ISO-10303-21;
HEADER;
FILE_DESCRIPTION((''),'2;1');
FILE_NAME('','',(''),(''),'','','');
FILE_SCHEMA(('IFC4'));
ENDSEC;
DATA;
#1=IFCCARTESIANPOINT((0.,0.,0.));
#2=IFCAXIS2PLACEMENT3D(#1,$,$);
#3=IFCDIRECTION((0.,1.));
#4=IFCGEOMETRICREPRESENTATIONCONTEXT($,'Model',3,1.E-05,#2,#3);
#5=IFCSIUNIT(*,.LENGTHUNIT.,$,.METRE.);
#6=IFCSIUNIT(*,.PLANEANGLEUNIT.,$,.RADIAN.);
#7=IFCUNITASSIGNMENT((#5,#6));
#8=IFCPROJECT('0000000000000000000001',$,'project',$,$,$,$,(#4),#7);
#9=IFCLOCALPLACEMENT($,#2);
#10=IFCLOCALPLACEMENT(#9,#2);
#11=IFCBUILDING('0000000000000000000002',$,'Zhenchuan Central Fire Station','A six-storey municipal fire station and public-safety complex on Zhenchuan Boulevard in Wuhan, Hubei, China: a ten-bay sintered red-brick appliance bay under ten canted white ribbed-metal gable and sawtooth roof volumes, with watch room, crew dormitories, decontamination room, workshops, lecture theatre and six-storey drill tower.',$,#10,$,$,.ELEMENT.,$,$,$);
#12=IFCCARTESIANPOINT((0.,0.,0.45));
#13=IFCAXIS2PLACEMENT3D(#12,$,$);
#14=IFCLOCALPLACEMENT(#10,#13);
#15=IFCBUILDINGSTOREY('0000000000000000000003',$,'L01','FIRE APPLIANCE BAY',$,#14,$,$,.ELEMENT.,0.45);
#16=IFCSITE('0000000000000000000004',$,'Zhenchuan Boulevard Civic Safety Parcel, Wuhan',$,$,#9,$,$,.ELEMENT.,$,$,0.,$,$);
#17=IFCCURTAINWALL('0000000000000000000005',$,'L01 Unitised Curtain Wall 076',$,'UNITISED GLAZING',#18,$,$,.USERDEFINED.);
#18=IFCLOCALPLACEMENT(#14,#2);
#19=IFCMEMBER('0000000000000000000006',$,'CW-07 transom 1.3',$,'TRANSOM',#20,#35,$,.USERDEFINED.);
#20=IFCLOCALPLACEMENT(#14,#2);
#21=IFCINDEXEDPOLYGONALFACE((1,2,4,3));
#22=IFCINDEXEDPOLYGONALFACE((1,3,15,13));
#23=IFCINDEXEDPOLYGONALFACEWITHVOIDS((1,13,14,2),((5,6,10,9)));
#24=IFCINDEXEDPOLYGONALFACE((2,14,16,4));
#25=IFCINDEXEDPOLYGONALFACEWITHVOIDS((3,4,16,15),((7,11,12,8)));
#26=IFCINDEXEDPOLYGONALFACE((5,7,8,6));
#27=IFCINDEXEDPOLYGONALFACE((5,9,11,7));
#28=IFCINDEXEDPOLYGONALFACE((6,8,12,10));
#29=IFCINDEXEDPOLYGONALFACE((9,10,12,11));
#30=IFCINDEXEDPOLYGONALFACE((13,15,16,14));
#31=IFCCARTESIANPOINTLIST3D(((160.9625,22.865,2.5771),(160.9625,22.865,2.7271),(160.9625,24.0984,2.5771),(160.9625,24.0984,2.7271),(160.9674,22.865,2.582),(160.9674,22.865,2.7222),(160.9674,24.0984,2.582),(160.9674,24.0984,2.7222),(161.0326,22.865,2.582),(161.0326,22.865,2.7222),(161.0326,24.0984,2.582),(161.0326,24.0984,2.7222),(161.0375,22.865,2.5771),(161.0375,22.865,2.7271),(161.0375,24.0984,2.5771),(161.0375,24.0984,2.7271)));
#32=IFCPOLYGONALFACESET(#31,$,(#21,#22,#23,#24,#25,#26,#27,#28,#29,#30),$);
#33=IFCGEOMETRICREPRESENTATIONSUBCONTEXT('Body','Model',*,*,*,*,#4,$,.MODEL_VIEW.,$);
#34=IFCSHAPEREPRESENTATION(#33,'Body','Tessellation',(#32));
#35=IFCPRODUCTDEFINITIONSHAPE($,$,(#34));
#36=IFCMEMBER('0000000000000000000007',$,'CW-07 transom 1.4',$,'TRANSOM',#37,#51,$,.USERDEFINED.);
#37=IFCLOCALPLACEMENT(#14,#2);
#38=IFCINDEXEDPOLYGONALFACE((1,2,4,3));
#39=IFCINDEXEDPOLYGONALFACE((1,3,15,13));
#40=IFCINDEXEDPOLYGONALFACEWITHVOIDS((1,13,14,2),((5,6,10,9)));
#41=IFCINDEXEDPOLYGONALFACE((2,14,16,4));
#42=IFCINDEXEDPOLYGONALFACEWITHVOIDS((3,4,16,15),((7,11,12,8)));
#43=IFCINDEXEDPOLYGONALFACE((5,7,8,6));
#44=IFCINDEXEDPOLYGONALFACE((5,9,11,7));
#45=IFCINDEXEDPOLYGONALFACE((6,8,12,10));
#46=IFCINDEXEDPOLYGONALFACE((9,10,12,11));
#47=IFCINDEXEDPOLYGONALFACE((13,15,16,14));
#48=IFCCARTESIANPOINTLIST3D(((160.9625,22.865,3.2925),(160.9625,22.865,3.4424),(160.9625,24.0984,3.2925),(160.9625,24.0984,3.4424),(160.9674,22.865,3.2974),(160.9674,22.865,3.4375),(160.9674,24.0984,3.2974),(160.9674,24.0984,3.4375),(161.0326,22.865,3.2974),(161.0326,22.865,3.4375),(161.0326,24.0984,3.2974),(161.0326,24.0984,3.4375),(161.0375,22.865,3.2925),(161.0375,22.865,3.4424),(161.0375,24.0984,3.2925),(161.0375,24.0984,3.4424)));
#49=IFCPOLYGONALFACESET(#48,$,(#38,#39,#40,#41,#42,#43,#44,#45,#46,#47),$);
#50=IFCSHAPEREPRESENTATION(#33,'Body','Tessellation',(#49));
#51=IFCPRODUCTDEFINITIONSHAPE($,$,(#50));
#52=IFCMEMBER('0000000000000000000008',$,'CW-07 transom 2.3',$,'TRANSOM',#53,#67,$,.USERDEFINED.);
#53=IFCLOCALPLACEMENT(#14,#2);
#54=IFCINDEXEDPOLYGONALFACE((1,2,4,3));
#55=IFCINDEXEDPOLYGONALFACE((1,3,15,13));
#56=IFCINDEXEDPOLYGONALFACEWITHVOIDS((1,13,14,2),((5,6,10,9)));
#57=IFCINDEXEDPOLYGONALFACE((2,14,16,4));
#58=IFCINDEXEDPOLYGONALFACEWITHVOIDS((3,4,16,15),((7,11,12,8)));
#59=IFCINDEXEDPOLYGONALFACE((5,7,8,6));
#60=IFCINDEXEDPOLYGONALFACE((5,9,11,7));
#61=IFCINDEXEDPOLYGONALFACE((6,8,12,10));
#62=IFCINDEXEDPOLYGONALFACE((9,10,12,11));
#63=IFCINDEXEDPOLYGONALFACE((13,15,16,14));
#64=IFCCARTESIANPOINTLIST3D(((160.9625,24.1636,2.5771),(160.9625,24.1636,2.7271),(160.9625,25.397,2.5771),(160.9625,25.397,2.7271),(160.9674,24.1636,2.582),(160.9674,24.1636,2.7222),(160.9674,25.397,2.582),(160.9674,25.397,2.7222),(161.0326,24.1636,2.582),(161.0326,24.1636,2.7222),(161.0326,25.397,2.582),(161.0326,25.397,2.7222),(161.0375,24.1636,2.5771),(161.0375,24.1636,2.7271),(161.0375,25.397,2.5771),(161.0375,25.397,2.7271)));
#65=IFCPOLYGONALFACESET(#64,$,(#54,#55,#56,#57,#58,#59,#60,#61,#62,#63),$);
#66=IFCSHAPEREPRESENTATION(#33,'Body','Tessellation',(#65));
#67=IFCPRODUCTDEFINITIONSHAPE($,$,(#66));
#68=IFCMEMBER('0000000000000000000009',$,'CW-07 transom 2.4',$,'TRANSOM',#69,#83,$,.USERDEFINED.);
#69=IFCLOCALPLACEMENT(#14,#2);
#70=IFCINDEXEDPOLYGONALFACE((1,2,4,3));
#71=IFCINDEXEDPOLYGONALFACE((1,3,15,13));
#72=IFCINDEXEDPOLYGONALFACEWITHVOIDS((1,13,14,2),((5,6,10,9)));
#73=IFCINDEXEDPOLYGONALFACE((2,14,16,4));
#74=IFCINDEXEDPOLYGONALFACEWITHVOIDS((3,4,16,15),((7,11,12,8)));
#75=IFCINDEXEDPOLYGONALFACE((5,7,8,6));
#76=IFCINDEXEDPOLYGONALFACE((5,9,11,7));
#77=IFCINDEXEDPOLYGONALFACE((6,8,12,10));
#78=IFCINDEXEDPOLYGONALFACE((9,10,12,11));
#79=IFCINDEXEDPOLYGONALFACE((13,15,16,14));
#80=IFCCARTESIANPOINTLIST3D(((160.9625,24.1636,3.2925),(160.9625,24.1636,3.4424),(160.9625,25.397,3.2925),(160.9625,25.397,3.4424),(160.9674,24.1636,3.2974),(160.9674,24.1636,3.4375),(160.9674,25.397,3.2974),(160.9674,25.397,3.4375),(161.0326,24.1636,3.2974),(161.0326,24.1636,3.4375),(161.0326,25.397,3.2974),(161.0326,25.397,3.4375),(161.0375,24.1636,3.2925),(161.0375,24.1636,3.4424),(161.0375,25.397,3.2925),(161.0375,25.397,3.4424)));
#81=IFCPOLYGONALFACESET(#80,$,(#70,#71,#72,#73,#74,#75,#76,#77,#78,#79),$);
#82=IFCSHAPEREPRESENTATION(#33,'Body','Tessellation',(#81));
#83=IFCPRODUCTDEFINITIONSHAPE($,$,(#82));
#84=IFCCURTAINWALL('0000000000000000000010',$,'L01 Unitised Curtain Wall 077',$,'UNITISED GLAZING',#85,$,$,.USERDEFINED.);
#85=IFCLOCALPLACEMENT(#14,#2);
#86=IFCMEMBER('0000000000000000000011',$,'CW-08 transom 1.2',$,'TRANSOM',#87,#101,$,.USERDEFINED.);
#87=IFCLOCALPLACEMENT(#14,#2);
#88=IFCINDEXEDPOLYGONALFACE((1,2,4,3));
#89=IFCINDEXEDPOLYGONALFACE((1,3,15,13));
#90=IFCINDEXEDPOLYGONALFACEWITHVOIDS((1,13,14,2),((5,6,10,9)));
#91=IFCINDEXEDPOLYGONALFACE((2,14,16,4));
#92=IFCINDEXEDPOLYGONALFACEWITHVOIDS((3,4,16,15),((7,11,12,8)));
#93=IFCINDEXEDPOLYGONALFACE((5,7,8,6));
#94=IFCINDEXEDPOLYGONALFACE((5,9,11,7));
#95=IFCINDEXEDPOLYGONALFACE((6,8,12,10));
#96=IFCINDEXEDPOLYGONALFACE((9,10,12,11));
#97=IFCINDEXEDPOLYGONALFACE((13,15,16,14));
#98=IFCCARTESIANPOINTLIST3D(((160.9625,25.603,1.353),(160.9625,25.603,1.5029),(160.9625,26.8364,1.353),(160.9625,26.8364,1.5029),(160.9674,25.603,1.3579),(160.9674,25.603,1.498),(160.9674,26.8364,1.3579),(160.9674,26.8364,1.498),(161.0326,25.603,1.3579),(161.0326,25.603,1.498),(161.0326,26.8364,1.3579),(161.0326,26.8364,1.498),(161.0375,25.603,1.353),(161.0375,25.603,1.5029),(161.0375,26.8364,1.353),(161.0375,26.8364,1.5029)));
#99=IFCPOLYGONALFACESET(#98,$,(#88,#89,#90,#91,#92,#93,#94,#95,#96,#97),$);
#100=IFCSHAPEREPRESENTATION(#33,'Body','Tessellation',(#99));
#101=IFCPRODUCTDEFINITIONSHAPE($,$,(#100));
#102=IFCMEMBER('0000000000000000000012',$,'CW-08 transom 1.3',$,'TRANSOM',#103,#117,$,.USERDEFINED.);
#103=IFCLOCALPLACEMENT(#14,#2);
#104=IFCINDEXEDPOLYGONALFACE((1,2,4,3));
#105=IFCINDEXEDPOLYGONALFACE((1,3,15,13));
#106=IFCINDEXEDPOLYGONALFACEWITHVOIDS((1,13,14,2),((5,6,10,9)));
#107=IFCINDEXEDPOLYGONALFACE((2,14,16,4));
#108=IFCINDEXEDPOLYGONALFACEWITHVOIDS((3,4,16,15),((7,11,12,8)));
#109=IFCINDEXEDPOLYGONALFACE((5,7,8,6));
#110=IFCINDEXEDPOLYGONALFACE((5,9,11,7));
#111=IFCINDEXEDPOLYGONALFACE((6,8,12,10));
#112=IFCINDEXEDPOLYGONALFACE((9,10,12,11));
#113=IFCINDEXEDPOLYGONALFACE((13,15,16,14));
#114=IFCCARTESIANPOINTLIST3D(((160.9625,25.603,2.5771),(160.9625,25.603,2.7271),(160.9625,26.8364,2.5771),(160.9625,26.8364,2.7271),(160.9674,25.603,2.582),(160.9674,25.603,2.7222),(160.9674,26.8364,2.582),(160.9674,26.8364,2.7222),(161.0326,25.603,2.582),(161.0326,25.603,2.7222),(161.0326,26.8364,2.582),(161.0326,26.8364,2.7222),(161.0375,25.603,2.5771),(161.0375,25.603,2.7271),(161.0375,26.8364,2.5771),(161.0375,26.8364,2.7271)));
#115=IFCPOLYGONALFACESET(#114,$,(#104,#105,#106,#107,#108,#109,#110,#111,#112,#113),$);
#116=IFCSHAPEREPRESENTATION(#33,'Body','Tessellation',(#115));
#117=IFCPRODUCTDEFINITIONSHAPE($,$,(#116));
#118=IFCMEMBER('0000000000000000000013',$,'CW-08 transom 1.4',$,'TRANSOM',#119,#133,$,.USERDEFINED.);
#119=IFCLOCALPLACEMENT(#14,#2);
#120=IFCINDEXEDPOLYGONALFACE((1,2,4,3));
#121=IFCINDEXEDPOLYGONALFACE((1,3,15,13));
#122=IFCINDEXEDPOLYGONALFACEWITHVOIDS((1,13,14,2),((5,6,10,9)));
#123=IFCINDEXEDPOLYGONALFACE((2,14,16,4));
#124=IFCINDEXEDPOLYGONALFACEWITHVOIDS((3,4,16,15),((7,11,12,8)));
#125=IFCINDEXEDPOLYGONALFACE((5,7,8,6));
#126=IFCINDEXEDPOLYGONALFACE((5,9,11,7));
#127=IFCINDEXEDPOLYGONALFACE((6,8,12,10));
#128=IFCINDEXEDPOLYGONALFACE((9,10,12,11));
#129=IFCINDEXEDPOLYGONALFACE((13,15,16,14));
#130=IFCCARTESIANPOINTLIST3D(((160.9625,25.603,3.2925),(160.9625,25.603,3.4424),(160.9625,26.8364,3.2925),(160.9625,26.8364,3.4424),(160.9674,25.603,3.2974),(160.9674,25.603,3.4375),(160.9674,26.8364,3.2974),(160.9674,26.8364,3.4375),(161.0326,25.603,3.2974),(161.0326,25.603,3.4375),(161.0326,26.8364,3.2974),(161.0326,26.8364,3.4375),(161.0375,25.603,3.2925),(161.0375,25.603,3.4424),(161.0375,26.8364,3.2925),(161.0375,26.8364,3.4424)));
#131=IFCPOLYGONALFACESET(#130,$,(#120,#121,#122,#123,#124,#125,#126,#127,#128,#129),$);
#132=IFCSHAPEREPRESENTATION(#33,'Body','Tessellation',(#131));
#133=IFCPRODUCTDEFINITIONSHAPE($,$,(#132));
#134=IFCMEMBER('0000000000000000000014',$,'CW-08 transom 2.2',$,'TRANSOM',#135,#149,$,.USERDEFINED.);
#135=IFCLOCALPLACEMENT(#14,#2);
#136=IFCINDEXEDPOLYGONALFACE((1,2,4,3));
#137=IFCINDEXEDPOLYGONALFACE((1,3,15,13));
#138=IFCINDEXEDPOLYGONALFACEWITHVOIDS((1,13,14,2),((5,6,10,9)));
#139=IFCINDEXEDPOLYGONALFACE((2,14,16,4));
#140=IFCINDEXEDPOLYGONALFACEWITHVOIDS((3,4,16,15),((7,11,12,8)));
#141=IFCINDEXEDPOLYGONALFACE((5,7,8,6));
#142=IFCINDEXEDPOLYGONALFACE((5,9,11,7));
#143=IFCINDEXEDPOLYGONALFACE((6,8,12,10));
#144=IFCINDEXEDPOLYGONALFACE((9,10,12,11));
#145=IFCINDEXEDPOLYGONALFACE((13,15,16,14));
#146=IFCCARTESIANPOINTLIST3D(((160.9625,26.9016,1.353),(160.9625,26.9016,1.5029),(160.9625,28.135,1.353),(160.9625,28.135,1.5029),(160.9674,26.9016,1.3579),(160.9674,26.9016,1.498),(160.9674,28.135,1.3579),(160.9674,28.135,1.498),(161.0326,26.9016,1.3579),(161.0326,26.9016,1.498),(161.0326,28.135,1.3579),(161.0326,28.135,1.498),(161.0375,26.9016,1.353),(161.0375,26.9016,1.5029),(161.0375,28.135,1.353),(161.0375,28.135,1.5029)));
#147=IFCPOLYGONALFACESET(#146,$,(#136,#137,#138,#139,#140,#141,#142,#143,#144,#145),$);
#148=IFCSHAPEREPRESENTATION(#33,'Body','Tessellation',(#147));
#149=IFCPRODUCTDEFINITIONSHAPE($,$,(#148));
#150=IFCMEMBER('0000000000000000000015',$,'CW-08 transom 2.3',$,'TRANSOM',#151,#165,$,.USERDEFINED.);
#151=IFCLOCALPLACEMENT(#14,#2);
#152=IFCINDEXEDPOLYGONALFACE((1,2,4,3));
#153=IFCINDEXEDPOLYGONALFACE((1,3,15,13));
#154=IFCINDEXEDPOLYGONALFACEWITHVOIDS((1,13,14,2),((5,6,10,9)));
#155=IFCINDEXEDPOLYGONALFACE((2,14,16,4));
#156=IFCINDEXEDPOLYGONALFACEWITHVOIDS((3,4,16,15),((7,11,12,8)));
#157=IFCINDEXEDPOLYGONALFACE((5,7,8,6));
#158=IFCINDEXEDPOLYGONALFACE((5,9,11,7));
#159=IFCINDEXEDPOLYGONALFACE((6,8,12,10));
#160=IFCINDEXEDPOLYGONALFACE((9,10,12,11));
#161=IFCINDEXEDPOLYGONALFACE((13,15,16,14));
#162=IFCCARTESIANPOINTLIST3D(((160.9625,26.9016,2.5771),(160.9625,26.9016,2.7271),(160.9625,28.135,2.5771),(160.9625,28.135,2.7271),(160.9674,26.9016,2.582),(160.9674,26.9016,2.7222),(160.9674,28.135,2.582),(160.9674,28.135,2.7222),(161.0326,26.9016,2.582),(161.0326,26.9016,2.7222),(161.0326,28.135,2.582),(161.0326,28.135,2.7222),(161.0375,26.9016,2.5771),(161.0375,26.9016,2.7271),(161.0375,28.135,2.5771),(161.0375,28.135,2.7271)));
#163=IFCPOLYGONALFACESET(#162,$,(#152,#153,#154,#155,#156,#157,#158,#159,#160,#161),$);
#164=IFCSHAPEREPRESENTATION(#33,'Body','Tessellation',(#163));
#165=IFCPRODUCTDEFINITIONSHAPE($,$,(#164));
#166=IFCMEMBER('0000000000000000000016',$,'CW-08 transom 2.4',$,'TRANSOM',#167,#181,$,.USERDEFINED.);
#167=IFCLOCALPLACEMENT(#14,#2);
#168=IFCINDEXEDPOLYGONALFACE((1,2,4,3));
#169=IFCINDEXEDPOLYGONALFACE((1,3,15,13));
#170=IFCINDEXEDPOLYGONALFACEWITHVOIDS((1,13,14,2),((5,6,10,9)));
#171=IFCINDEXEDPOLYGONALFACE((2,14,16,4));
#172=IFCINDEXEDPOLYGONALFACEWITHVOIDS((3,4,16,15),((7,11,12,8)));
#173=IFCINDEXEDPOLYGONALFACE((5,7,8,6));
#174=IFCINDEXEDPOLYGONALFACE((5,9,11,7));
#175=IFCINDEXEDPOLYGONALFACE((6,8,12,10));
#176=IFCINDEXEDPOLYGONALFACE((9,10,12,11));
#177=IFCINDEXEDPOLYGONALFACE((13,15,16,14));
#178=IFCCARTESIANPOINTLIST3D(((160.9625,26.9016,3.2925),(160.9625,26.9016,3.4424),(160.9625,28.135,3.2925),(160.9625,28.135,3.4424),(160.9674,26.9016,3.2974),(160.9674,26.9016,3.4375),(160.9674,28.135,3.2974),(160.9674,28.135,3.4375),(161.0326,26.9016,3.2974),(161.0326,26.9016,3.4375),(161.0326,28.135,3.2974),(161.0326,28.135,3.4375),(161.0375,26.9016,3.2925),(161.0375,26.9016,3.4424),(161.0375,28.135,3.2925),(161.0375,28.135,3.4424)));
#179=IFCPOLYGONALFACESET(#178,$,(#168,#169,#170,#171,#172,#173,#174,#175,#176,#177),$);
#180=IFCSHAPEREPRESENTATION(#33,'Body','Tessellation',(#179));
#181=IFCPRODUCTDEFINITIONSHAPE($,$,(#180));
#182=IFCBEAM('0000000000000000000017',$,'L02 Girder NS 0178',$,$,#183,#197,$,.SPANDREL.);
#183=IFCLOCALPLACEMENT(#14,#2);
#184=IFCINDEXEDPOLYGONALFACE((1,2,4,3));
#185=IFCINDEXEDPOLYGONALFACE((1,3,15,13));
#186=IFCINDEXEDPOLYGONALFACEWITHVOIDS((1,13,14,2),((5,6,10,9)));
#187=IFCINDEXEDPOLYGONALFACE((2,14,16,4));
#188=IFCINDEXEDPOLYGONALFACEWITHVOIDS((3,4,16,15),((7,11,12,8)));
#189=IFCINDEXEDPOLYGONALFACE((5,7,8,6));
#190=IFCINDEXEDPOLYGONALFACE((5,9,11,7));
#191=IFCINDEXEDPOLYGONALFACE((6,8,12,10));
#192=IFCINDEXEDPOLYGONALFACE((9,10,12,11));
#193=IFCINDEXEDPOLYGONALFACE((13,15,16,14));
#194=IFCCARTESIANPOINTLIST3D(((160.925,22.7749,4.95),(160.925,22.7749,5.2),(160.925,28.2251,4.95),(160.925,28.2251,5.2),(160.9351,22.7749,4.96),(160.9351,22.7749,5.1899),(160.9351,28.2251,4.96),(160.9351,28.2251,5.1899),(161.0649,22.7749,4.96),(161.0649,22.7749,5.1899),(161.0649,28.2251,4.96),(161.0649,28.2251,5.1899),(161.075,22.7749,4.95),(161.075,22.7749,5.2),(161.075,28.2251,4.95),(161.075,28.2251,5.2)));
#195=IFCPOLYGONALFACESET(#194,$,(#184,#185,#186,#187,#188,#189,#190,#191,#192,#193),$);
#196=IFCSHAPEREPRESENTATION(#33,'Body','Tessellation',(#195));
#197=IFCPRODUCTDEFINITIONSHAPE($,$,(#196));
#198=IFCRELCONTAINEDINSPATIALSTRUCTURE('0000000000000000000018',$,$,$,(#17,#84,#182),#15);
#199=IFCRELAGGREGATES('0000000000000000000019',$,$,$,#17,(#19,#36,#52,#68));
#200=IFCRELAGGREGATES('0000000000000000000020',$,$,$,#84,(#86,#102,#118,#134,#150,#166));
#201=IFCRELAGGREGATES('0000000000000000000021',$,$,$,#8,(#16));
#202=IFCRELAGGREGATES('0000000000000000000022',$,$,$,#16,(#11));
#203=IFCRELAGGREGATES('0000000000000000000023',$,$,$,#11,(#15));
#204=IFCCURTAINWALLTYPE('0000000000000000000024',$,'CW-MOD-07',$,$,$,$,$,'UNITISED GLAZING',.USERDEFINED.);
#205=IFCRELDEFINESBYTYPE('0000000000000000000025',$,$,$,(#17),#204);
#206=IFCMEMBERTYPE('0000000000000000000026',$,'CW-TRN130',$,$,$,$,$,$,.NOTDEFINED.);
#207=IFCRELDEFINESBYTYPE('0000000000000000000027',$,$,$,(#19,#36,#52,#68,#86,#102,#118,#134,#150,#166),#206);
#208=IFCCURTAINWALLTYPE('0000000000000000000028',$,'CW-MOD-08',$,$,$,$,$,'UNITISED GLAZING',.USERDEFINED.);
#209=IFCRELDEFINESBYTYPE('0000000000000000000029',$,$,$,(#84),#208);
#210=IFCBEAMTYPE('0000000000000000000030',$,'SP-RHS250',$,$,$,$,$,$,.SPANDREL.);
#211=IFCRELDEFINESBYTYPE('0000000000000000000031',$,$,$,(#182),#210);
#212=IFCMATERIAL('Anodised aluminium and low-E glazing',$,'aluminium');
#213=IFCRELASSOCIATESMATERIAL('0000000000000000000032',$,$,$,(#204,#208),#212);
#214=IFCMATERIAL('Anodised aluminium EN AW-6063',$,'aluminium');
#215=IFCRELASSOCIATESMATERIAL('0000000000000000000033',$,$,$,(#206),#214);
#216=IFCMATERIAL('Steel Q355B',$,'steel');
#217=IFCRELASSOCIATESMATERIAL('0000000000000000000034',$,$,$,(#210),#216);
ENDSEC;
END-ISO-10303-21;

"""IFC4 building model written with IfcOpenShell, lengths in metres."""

from ifc_helpers import new_model, si_unit, direction, frame, origin, origin_2d, place, context, subcontext, project, spatial, hollow_rectangle, extrude, material, material_profile, profile_set, type_object, element, aggregate, save


model = new_model("IFC4")

# Units and contexts
model_context = context("Model", 3, precision=1e-05, world=origin(), true_north=direction((0.0, 1.0)))
body_context = subcontext(model_context, "Body", "Model", "MODEL_VIEW")
ifc_project = project(units=[si_unit("LENGTHUNIT", "METRE"), si_unit("PLANEANGLEUNIT", "RADIAN")], contexts=[model_context])

# Site, building, storey
site_placement = place(None, origin())
site = spatial("IfcSite", under=ifc_project, at=site_placement, Name="Zhenchuan Boulevard Civic Safety Parcel, Wuhan", CompositionType="ELEMENT", RefElevation=0.0)
building_placement = place(site_placement, origin())
building = spatial("IfcBuilding", under=site, at=building_placement, Name="Zhenchuan Central Fire Station", Description="A six-storey municipal fire station and public-safety complex on Zhenchuan Boulevard in Wuhan, Hubei, China: a ten-bay sintered red-brick appliance bay under ten canted white ribbed-metal gable and sawtooth roof volumes, with watch room, crew dormitories, decontamination room, workshops, lecture theatre and six-storey drill tower.", CompositionType="ELEMENT")
storey_placement = place(building_placement, frame((0.0, 0.0, 0.45)))
storey = spatial("IfcBuildingStorey", under=building, at=storey_placement, Name="L01", Description="FIRE APPLIANCE BAY", CompositionType="ELEMENT", Elevation=0.45)

# Curtain walls, members
ifc_material_1 = material(Name="Anodised aluminium and low-E glazing", Category="aluminium")
curtain_wall_type_1 = type_object("IfcCurtainWallType", Name="CW-MOD-07", ElementType="UNITISED GLAZING", PredefinedType="USERDEFINED", material=ifc_material_1)
curtain_wall_1_placement = place(storey_placement, origin())
curtain_wall_1 = element("IfcCurtainWall", 1, at=curtain_wall_1_placement, inside=storey, type_object=curtain_wall_type_1, Name="L01 Unitised Curtain Wall 076", ObjectType="UNITISED GLAZING", PredefinedType="USERDEFINED")
ifc_material_2 = material(Name="Anodised aluminium EN AW-6063", Category="aluminium")
ifc_material_profile_1 = material_profile(ifc_material_2, hollow_rectangle(XDim=0.075, YDim=0.1499, WallThickness=0.0049, at=origin_2d()), Name="ALU-T 150x75")
ifc_profile_set_1 = profile_set([ifc_material_profile_1], Name="Anodised aluminium EN AW-6063")
member_type = type_object("IfcMemberType", Name="CW-TRN130", PredefinedType="NOTDEFINED", material=ifc_profile_set_1)
member_1_placement = place(storey_placement, frame((161.0, 22.865, 2.6521), z_axis=(0.0, 1.0, 0.0), x_axis=(-1.0, 0.0, 0.0)))
member_1 = element("IfcMember", 2, at=member_1_placement, type_object=member_type, Name="CW-07 transom 1.3", ObjectType="TRANSOM", PredefinedType="USERDEFINED", context=body_context, shape_type="SweptSolid", body=[
    extrude(hollow_rectangle(XDim=0.075, YDim=0.1499, WallThickness=0.0049, at=origin_2d()), origin(), (0.0, 0.0, 1.0), 1.2334),
])
member_2_placement = place(storey_placement, frame((161.0, 22.865, 3.3674), z_axis=(0.0, 1.0, 0.0), x_axis=(-1.0, 0.0, 0.0)))
member_2 = element("IfcMember", 3, at=member_2_placement, type_object=member_type, Name="CW-07 transom 1.4", ObjectType="TRANSOM", PredefinedType="USERDEFINED", context=body_context, shape_type="SweptSolid", body=[
    extrude(hollow_rectangle(XDim=0.075, YDim=0.1499, WallThickness=0.0049, at=origin_2d()), origin(), (0.0, 0.0, 1.0), 1.2334),
])
member_3_placement = place(storey_placement, frame((161.0, 24.1636, 2.6521), z_axis=(0.0, 1.0, 0.0), x_axis=(-1.0, 0.0, 0.0)))
member_3 = element("IfcMember", 4, at=member_3_placement, type_object=member_type, Name="CW-07 transom 2.3", ObjectType="TRANSOM", PredefinedType="USERDEFINED", context=body_context, shape_type="SweptSolid", body=[
    extrude(hollow_rectangle(XDim=0.075, YDim=0.1499, WallThickness=0.0049, at=origin_2d()), origin(), (0.0, 0.0, 1.0), 1.2334),
])
member_4_placement = place(storey_placement, frame((161.0, 24.1636, 3.3674), z_axis=(0.0, 1.0, 0.0), x_axis=(-1.0, 0.0, 0.0)))
member_4 = element("IfcMember", 5, at=member_4_placement, type_object=member_type, Name="CW-07 transom 2.4", ObjectType="TRANSOM", PredefinedType="USERDEFINED", context=body_context, shape_type="SweptSolid", body=[
    extrude(hollow_rectangle(XDim=0.075, YDim=0.1499, WallThickness=0.0049, at=origin_2d()), origin(), (0.0, 0.0, 1.0), 1.2334),
])
curtain_wall_type_2 = type_object("IfcCurtainWallType", Name="CW-MOD-08", ElementType="UNITISED GLAZING", PredefinedType="USERDEFINED", material=ifc_material_1)
curtain_wall_2_placement = place(storey_placement, origin())
curtain_wall_2 = element("IfcCurtainWall", 6, at=curtain_wall_2_placement, inside=storey, type_object=curtain_wall_type_2, Name="L01 Unitised Curtain Wall 077", ObjectType="UNITISED GLAZING", PredefinedType="USERDEFINED")
member_5_placement = place(storey_placement, frame((161.0, 25.603, 1.428), z_axis=(0.0, 1.0, 0.0), x_axis=(-1.0, 0.0, 0.0)))
member_5 = element("IfcMember", 7, at=member_5_placement, type_object=member_type, Name="CW-08 transom 1.2", ObjectType="TRANSOM", PredefinedType="USERDEFINED", context=body_context, shape_type="SweptSolid", body=[
    extrude(hollow_rectangle(XDim=0.075, YDim=0.1499, WallThickness=0.0049, at=origin_2d()), origin(), (0.0, 0.0, 1.0), 1.2334),
])
member_6_placement = place(storey_placement, frame((161.0, 25.603, 2.6521), z_axis=(0.0, 1.0, 0.0), x_axis=(-1.0, 0.0, 0.0)))
member_6 = element("IfcMember", 8, at=member_6_placement, type_object=member_type, Name="CW-08 transom 1.3", ObjectType="TRANSOM", PredefinedType="USERDEFINED", context=body_context, shape_type="SweptSolid", body=[
    extrude(hollow_rectangle(XDim=0.075, YDim=0.1499, WallThickness=0.0049, at=origin_2d()), origin(), (0.0, 0.0, 1.0), 1.2334),
])
member_7_placement = place(storey_placement, frame((161.0, 25.603, 3.3674), z_axis=(0.0, 1.0, 0.0), x_axis=(-1.0, 0.0, 0.0)))
member_7 = element("IfcMember", 9, at=member_7_placement, type_object=member_type, Name="CW-08 transom 1.4", ObjectType="TRANSOM", PredefinedType="USERDEFINED", context=body_context, shape_type="SweptSolid", body=[
    extrude(hollow_rectangle(XDim=0.075, YDim=0.1499, WallThickness=0.0049, at=origin_2d()), origin(), (0.0, 0.0, 1.0), 1.2334),
])
member_8_placement = place(storey_placement, frame((161.0, 26.9016, 1.428), z_axis=(0.0, 1.0, 0.0), x_axis=(-1.0, 0.0, 0.0)))
member_8 = element("IfcMember", 10, at=member_8_placement, type_object=member_type, Name="CW-08 transom 2.2", ObjectType="TRANSOM", PredefinedType="USERDEFINED", context=body_context, shape_type="SweptSolid", body=[
    extrude(hollow_rectangle(XDim=0.075, YDim=0.1499, WallThickness=0.0049, at=origin_2d()), origin(), (0.0, 0.0, 1.0), 1.2334),
])
member_9_placement = place(storey_placement, frame((161.0, 26.9016, 2.6521), z_axis=(0.0, 1.0, 0.0), x_axis=(-1.0, 0.0, 0.0)))
member_9 = element("IfcMember", 11, at=member_9_placement, type_object=member_type, Name="CW-08 transom 2.3", ObjectType="TRANSOM", PredefinedType="USERDEFINED", context=body_context, shape_type="SweptSolid", body=[
    extrude(hollow_rectangle(XDim=0.075, YDim=0.1499, WallThickness=0.0049, at=origin_2d()), origin(), (0.0, 0.0, 1.0), 1.2334),
])
member_10_placement = place(storey_placement, frame((161.0, 26.9016, 3.3674), z_axis=(0.0, 1.0, 0.0), x_axis=(-1.0, 0.0, 0.0)))
member_10 = element("IfcMember", 12, at=member_10_placement, type_object=member_type, Name="CW-08 transom 2.4", ObjectType="TRANSOM", PredefinedType="USERDEFINED", context=body_context, shape_type="SweptSolid", body=[
    extrude(hollow_rectangle(XDim=0.075, YDim=0.1499, WallThickness=0.0049, at=origin_2d()), origin(), (0.0, 0.0, 1.0), 1.2334),
])

# Beam
ifc_material_3 = material(Name="Steel Q355B", Category="steel")
ifc_material_profile_2 = material_profile(ifc_material_3, hollow_rectangle(XDim=0.1499, YDim=0.25, WallThickness=0.01, at=origin_2d()), Name="RHS 250x150x10")
ifc_profile_set_2 = profile_set([ifc_material_profile_2], Name="Steel Q355B")
beam_type = type_object("IfcBeamType", Name="SP-RHS250", PredefinedType="SPANDREL", material=ifc_profile_set_2)
beam_placement = place(storey_placement, frame((161.0, 22.7749, 5.075), z_axis=(0.0, 1.0, 0.0), x_axis=(-1.0, 0.0, 0.0)))
element("IfcBeam", 13, at=beam_placement, inside=storey, type_object=beam_type, Name="L02 Girder NS 0178", PredefinedType="SPANDREL", context=body_context, shape_type="SweptSolid", body=[
    extrude(hollow_rectangle(XDim=0.1499, YDim=0.25, WallThickness=0.01, at=origin_2d()), origin(), (0.0, 0.0, 1.0), 5.4502),
])

aggregate(curtain_wall_1, [member_1, member_2, member_3, member_4])
aggregate(curtain_wall_2, [member_5, member_6, member_7, member_8, member_9, member_10])

save(model, "model.ifc")
